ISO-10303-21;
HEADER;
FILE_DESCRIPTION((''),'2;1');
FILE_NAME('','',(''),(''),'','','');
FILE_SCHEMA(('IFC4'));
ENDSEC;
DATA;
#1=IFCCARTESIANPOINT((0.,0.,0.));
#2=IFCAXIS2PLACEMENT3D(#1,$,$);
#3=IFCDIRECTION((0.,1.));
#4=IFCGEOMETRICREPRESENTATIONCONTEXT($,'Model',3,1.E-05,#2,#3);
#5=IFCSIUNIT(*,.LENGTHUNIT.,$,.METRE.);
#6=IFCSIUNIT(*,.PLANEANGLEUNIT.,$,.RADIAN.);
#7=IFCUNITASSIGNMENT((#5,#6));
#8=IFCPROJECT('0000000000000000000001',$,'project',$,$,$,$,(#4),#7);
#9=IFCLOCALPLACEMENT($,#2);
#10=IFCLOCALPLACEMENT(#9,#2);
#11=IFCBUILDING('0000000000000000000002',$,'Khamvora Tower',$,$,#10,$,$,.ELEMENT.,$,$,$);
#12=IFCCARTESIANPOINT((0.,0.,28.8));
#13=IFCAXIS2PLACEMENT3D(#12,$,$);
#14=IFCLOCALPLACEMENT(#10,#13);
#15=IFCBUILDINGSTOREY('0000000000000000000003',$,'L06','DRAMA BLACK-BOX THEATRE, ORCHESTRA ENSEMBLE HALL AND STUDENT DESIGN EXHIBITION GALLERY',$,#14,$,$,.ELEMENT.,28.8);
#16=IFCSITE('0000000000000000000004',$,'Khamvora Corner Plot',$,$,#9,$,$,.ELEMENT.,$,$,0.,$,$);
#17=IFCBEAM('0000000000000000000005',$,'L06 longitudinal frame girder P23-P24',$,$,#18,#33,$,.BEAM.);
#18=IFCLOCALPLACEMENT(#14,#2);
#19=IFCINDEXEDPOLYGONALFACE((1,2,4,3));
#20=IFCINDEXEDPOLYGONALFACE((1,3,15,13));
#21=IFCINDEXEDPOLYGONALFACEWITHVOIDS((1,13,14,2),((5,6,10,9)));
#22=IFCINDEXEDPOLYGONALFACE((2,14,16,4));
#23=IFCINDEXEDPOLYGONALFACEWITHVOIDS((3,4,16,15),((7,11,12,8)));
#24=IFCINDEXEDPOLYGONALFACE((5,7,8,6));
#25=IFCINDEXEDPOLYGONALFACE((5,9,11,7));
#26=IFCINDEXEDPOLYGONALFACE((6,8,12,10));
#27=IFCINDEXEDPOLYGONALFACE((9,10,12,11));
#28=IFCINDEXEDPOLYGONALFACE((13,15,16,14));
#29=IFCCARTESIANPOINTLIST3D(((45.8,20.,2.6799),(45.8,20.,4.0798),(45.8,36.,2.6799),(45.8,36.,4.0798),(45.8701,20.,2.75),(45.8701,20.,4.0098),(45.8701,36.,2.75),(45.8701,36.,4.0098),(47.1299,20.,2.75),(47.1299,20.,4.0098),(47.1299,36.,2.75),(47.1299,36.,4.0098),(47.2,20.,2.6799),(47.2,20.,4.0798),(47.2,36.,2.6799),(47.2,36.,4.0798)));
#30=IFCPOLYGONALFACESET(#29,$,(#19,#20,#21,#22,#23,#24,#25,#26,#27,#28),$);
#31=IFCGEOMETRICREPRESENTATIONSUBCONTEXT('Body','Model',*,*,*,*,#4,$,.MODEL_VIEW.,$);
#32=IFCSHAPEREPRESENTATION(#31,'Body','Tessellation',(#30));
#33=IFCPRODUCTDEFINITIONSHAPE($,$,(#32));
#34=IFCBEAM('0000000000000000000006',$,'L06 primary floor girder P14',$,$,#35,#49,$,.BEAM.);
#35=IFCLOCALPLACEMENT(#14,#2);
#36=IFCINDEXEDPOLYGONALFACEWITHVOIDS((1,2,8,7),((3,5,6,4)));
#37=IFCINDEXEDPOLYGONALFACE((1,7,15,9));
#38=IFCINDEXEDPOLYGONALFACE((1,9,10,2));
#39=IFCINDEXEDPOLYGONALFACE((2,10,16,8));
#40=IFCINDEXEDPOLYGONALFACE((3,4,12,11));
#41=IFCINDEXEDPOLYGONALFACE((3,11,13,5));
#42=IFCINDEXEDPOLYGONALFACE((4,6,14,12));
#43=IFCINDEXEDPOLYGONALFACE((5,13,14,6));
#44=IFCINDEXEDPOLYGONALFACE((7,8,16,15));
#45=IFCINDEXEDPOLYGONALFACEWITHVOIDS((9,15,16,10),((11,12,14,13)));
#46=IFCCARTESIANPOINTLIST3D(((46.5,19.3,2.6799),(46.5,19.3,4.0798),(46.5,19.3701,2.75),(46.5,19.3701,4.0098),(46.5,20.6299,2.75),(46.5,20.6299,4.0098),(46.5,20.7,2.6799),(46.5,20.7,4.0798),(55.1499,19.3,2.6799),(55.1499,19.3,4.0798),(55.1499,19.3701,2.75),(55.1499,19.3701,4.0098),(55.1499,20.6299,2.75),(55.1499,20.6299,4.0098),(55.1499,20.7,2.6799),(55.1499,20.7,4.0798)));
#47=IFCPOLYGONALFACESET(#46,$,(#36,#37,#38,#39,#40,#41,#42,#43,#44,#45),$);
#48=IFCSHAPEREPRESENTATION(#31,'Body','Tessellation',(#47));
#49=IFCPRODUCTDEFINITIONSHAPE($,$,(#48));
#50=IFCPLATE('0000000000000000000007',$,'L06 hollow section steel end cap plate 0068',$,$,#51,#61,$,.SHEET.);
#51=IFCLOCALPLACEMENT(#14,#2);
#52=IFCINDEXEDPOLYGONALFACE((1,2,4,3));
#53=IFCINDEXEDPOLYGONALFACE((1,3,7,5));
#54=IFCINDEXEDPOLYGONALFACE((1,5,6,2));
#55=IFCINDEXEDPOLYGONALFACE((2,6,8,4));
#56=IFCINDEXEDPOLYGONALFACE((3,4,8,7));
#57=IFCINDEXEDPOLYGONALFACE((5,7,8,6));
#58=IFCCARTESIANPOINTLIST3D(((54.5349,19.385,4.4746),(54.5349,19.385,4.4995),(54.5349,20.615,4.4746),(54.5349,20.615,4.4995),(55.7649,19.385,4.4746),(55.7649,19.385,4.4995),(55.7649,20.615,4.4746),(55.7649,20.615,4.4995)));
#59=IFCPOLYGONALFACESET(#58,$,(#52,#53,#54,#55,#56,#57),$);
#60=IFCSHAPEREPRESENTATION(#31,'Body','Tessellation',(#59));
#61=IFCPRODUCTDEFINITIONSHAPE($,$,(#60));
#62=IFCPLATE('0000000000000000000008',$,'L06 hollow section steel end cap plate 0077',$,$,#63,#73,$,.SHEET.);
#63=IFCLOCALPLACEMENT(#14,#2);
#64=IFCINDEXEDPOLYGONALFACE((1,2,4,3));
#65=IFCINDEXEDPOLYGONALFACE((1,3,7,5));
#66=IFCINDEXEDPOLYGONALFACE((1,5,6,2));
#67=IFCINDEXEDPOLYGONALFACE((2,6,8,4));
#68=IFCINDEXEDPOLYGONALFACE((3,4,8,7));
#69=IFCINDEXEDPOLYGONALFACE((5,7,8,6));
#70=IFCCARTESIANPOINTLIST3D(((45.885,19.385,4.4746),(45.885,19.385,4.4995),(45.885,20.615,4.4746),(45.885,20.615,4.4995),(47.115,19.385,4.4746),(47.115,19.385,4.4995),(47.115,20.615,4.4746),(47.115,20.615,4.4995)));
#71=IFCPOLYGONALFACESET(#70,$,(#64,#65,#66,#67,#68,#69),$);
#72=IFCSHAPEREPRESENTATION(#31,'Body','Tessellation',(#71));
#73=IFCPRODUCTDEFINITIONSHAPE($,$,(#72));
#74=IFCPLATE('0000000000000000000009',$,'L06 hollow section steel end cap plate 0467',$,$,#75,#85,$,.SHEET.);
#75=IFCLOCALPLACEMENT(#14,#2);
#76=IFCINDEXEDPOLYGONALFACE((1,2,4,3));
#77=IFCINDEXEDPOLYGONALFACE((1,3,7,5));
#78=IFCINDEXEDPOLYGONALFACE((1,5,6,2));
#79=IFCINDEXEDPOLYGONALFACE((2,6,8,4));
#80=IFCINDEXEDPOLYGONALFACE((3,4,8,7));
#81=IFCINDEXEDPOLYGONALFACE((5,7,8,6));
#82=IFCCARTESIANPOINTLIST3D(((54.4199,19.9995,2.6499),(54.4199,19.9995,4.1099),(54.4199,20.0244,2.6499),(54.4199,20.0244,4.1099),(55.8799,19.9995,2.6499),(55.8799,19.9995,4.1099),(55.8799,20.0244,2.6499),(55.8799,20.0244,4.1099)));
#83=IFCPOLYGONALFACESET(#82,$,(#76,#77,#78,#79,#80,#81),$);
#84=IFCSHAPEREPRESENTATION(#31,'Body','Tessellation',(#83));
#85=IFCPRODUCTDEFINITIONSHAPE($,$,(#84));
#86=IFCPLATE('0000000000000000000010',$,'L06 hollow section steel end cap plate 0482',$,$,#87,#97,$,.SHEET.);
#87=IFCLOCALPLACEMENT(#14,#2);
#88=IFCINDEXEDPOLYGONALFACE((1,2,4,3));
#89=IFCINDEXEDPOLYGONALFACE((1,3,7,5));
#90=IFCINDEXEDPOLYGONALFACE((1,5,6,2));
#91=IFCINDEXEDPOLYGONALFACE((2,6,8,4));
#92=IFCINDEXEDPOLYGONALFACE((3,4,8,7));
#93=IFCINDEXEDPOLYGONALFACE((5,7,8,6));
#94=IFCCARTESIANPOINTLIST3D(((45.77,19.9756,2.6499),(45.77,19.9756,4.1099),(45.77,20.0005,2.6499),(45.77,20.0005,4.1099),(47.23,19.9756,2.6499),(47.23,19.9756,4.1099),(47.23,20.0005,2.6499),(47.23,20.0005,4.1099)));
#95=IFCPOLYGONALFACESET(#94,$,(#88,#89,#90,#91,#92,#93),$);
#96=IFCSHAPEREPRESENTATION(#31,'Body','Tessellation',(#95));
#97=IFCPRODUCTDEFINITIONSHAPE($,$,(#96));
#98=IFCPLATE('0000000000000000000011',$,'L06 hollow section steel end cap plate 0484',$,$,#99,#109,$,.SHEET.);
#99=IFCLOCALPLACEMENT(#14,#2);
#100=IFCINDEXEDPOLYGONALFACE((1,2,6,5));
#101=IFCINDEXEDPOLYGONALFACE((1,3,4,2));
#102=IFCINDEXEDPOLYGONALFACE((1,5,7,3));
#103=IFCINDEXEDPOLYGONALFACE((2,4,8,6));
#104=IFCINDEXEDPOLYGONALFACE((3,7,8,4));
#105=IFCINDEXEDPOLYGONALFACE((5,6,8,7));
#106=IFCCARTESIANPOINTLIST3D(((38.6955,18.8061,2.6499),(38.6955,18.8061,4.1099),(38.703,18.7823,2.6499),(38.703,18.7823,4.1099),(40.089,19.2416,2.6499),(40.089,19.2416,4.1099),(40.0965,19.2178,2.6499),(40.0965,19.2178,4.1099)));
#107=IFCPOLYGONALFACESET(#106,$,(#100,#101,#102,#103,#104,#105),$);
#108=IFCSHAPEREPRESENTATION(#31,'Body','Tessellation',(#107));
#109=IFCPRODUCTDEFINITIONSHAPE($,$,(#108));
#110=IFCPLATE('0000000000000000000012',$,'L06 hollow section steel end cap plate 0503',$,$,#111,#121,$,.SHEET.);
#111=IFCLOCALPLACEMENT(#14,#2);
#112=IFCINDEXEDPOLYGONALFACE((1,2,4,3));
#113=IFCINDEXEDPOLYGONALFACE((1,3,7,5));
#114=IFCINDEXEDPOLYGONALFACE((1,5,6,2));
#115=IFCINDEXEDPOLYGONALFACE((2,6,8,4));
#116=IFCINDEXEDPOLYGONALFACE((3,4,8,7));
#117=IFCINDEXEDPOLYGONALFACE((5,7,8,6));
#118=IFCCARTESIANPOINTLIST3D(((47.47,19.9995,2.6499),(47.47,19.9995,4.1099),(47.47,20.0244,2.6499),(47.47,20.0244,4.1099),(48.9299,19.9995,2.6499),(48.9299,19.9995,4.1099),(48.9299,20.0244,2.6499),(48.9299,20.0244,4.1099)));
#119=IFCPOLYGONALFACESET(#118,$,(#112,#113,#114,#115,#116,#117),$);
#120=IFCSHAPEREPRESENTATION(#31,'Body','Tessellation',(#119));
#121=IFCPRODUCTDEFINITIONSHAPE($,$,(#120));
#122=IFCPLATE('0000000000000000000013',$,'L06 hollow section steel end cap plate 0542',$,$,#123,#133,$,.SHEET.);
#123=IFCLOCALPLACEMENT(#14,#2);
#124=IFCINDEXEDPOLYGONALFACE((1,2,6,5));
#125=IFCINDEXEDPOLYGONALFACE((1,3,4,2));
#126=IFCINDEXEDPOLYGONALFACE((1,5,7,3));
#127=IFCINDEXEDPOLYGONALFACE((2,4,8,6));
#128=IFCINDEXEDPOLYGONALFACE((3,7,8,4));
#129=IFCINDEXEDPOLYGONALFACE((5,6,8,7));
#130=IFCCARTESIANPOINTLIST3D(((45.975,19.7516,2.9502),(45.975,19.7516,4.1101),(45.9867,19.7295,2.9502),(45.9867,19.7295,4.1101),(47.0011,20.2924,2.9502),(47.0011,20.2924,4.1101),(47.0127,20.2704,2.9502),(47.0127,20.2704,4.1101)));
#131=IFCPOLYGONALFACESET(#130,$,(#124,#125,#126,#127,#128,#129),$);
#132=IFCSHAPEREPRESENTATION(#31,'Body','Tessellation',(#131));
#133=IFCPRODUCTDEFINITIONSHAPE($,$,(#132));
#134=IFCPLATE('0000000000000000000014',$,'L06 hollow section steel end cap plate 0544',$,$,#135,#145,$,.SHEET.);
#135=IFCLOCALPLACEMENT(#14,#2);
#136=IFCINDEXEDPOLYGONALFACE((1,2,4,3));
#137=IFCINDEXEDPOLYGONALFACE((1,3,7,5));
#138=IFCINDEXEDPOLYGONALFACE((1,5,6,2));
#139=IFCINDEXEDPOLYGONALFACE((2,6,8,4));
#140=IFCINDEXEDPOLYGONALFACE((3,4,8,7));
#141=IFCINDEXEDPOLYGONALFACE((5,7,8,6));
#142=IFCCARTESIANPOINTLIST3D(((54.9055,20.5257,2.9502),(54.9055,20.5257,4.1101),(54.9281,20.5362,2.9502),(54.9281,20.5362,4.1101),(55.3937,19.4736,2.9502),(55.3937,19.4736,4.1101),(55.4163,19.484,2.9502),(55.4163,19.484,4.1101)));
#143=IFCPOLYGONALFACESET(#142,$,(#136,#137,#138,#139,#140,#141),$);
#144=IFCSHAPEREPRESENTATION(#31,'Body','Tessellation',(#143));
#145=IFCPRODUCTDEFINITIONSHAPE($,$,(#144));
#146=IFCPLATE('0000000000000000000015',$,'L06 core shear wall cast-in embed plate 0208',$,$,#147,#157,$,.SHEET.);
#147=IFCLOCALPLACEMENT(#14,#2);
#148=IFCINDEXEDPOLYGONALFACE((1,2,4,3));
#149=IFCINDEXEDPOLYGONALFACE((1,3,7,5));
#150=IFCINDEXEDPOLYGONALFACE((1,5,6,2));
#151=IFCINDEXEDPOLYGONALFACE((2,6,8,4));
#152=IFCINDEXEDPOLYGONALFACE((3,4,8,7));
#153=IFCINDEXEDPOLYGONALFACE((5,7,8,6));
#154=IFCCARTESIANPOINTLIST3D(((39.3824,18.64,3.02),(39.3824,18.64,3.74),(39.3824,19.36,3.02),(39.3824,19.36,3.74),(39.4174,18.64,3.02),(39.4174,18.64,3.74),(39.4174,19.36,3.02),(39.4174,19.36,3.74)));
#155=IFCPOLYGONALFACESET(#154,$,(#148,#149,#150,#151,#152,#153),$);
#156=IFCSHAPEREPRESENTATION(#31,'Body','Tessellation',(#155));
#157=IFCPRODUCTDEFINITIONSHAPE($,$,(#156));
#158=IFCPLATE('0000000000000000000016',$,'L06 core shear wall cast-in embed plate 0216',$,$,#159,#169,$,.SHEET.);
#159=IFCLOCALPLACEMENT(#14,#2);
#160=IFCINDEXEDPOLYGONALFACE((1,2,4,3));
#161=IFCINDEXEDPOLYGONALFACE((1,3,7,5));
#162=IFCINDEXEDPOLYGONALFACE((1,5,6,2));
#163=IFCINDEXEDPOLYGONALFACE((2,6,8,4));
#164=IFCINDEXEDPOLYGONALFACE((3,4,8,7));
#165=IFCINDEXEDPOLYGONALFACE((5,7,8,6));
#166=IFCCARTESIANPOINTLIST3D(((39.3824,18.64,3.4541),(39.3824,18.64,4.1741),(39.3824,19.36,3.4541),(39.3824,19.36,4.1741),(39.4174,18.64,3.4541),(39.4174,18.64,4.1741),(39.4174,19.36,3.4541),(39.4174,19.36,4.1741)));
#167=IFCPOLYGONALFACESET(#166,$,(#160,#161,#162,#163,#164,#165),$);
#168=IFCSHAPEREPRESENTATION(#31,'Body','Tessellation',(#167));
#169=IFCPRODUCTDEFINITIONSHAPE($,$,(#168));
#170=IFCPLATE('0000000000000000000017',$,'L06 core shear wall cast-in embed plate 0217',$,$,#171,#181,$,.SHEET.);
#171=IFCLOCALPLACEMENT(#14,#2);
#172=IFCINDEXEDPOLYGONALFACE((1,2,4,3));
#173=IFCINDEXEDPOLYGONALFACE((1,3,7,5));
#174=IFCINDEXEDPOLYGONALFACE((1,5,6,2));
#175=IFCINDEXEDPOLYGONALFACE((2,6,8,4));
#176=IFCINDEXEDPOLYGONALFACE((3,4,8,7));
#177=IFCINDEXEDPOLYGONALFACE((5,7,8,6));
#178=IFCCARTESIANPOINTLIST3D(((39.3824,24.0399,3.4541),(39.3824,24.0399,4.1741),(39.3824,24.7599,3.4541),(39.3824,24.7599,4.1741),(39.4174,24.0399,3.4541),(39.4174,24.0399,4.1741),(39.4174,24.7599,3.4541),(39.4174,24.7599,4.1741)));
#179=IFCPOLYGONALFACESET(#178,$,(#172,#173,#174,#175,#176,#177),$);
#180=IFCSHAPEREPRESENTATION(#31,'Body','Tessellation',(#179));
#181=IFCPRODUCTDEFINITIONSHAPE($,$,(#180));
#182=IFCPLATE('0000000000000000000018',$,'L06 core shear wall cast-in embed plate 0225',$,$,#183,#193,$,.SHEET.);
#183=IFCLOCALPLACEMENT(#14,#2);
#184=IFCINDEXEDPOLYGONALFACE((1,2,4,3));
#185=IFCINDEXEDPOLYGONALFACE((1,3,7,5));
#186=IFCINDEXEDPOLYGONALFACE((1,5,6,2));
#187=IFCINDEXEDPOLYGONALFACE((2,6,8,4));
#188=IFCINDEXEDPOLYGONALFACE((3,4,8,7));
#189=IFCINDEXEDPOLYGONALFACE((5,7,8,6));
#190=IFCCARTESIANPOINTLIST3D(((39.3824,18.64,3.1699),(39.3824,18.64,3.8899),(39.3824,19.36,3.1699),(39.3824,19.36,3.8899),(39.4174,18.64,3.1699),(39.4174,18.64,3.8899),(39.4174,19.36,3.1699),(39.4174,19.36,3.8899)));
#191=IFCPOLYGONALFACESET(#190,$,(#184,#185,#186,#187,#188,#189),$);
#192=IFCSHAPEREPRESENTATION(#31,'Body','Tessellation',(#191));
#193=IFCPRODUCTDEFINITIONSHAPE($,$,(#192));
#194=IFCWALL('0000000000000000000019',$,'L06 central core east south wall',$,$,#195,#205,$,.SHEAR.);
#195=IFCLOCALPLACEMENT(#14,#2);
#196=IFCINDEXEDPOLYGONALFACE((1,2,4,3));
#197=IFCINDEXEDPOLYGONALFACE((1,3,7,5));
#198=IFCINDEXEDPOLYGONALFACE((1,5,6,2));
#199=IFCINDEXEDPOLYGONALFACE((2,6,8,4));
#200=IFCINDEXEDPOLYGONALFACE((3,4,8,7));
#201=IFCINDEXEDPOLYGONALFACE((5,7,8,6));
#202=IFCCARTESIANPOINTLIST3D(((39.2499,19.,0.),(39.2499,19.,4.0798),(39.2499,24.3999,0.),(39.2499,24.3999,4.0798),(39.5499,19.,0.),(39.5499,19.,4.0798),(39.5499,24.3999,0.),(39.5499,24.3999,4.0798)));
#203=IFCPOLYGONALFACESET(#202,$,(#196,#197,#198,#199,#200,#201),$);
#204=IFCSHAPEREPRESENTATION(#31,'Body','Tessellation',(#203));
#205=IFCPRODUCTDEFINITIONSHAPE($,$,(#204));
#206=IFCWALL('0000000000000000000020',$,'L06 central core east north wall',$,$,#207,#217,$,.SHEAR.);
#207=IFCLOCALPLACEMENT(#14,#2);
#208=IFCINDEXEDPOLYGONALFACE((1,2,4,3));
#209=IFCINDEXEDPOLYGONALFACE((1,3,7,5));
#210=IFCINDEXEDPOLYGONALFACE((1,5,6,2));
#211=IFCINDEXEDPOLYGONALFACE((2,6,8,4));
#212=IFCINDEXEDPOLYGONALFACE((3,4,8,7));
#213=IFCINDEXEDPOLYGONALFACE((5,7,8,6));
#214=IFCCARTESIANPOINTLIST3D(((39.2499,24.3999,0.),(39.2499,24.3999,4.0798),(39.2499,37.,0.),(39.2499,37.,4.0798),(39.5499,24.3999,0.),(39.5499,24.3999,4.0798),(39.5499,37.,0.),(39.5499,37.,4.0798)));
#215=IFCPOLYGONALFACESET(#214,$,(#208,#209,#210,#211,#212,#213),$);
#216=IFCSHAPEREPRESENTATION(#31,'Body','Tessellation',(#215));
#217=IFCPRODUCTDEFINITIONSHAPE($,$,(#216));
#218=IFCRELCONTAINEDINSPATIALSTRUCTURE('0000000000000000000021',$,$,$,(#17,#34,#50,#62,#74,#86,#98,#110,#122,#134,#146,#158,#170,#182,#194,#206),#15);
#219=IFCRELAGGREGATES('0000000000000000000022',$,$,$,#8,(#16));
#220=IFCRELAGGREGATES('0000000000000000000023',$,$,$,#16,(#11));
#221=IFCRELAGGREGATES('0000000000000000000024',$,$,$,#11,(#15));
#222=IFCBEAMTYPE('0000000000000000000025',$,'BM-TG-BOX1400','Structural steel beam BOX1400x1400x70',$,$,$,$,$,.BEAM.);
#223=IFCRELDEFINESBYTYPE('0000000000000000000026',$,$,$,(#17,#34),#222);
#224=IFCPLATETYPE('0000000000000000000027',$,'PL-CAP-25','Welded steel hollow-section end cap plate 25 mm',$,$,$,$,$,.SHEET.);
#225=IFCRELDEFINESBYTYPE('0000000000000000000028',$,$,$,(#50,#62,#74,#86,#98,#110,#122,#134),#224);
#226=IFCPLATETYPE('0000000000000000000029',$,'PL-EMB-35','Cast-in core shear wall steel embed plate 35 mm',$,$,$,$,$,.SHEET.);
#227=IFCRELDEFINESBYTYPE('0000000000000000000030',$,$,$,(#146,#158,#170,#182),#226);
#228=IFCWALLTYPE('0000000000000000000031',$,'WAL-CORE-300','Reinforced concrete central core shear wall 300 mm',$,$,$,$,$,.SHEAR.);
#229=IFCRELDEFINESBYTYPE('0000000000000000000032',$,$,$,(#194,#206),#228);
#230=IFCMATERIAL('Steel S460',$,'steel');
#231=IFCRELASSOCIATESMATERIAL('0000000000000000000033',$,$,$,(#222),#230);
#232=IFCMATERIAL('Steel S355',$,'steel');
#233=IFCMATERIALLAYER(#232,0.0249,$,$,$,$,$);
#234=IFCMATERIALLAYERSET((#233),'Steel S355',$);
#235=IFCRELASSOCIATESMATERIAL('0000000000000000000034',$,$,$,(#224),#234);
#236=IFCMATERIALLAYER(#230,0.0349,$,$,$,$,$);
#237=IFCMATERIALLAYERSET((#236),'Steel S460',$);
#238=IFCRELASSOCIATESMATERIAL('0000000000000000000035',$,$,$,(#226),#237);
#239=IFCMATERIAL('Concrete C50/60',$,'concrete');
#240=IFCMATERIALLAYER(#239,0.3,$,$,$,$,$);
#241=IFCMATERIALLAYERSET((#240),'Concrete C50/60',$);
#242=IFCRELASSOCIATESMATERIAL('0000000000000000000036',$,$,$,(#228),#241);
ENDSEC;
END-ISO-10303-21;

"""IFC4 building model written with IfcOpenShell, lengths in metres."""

from ifc_helpers import new_model, si_unit, direction, frame, frame_2d, origin, origin_2d, place, context, subcontext, project, spatial, rectangle, hollow_rectangle, extrude, material, layer, layer_set, material_profile, profile_set, type_object, element, save


model = new_model("IFC4")

# Units and contexts
model_context = context("Model", 3, precision=1e-05, world=origin(), true_north=direction((0.0, 1.0)))
body_context = subcontext(model_context, "Body", "Model", "MODEL_VIEW")
ifc_project = project(units=[si_unit("LENGTHUNIT", "METRE"), si_unit("PLANEANGLEUNIT", "RADIAN")], contexts=[model_context])

# Site, building, storey
site_placement = place(None, origin())
site = spatial("IfcSite", under=ifc_project, at=site_placement, Name="Khamvora Corner Plot", CompositionType="ELEMENT", RefElevation=0.0)
building_placement = place(site_placement, origin())
building = spatial("IfcBuilding", under=site, at=building_placement, Name="Khamvora Tower", CompositionType="ELEMENT")
storey_placement = place(building_placement, frame((0.0, 0.0, 28.8)))
storey = spatial("IfcBuildingStorey", under=building, at=storey_placement, Name="L06", Description="DRAMA BLACK-BOX THEATRE, ORCHESTRA ENSEMBLE HALL AND STUDENT DESIGN EXHIBITION GALLERY", CompositionType="ELEMENT", Elevation=28.8)

# Shared definitions
ifc_material_1 = material(Name="Steel S460", Category="steel")

# Beams
ifc_material_2 = material(Name="Steel S355", Category="steel")
ifc_material_profile_1 = material_profile(ifc_material_1, hollow_rectangle(XDim=1.3999, YDim=1.3999, WallThickness=0.0701, at=origin_2d()), Name="BOX1400x1400x70")
ifc_profile_set_1 = profile_set([ifc_material_profile_1], Name="Steel S460")
beam_type_1 = type_object("IfcBeamType", Name="BM-TG-BOX1400", Description="Structural steel beam BOX1400x1400x70", PredefinedType="BEAM", material=ifc_profile_set_1)
for number, where, z_axis, x_axis, name in (
    (1, (46.5, 20.0, 3.3799), (0.0, 1.0, 0.0), (-1.0, 0.0, 0.0), "L06 longitudinal frame girder P23-P24"),
):
    element("IfcBeam", number, at=place(storey_placement, frame(where, z_axis=z_axis, x_axis=x_axis)), inside=storey, type_object=beam_type_1, Name=name, PredefinedType="BEAM", context=body_context, shape_type="SweptSolid", body=[
        extrude(hollow_rectangle(XDim=1.3999, YDim=1.3999, WallThickness=0.0701, at=origin_2d()), origin(), (0.0, 0.0, 1.0), 16.0),
    ])
beam_1_placement = place(storey_placement, frame((46.5, 20.0, 3.3799), z_axis=(1.0, 0.0, 0.0), x_axis=(0.0, 1.0, 0.0)))
element("IfcBeam", 2, at=beam_1_placement, inside=storey, type_object=beam_type_1, Name="L06 primary floor girder P14", PredefinedType="BEAM", context=body_context, shape_type="SweptSolid", body=[
    extrude(hollow_rectangle(XDim=1.3999, YDim=1.3999, WallThickness=0.0701, at=origin_2d()), origin(), (0.0, 0.0, 1.0), 8.6499),
])

# Plates
ifc_layer_1 = layer(ifc_material_2, 0.0249)
ifc_layer_set_1 = layer_set([ifc_layer_1], Name="Steel S355")
plate_type_1 = type_object("IfcPlateType", Name="PL-CAP-25", Description="Welded steel hollow-section end cap plate 25 mm", PredefinedType="SHEET", material=ifc_layer_set_1)
for number, where, z_axis, x_axis, name in (
    (3, (55.1499, 20.0, 4.4746), (0.0, 0.0, 1.0), (1.0, 0.0, 0.0), "L06 hollow section steel end cap plate 0068"),
    (4, (46.5, 20.0, 4.4746), (0.0, 0.0, 1.0), (1.0, 0.0, 0.0), "L06 hollow section steel end cap plate 0077"),
):
    element("IfcPlate", number, at=place(storey_placement, frame(where, z_axis=z_axis, x_axis=x_axis)), inside=storey, type_object=plate_type_1, Name=name, PredefinedType="SHEET", context=body_context, shape_type="SweptSolid", body=[
        extrude(rectangle(XDim=1.23, YDim=1.23, at=origin_2d()), origin(), (0.0, 0.0, 1.0), 0.0249),
    ])
for number, where, z_axis, x_axis, name in (
    (5, (55.1499, 20.012, 2.6499), (0.0, 0.0, 1.0), (0.0, 1.0, 0.0), "L06 hollow section steel end cap plate 0467"),
    (6, (46.5, 19.988, 2.6499), (0.0, 0.0, 1.0), (0.0, 1.0, 0.0), "L06 hollow section steel end cap plate 0482"),
    (7, (39.396, 19.012, 2.6499), (0.0, 0.0, 1.0), (0.298275, -0.95448, 0.0), "L06 hollow section steel end cap plate 0484"),
    (8, (48.2, 20.012, 2.6499), (0.0, 0.0, 1.0), (0.0, 1.0, 0.0), "L06 hollow section steel end cap plate 0503"),
):
    element("IfcPlate", number, at=place(storey_placement, frame(where, z_axis=z_axis, x_axis=x_axis)), inside=storey, type_object=plate_type_1, Name=name, PredefinedType="SHEET", context=body_context, shape_type="SweptSolid", body=[
        extrude(rectangle(XDim=0.0249, YDim=1.46, at=origin_2d()), origin(), (0.0, 0.0, 1.0), 1.46),
    ])
for number, where, z_axis, x_axis, name in (
    (9, (46.4939, 20.011, 2.9502), (0.0, 0.0, 1.0), (0.466309, -0.884622, 0.0), "L06 hollow section steel end cap plate 0542"),
    (10, (55.1609, 20.0049, 2.9502), (0.0, 0.0, 1.0), (-0.907095, -0.420925, 0.0), "L06 hollow section steel end cap plate 0544"),
):
    element("IfcPlate", number, at=place(storey_placement, frame(where, z_axis=z_axis, x_axis=x_axis)), inside=storey, type_object=plate_type_1, Name=name, PredefinedType="SHEET", context=body_context, shape_type="SweptSolid", body=[
        extrude(rectangle(XDim=0.0249, YDim=1.1599, at=origin_2d()), origin(), (0.0, 0.0, 1.0), 1.1599),
    ])
ifc_layer_2 = layer(ifc_material_1, 0.0349)
ifc_layer_set_2 = layer_set([ifc_layer_2], Name="Steel S460")
plate_type_2 = type_object("IfcPlateType", Name="PL-EMB-35", Description="Cast-in core shear wall steel embed plate 35 mm", PredefinedType="SHEET", material=ifc_layer_set_2)
for number, where, z_axis, x_axis, name in (
    (11, (39.3999, 19.0, 3.02), (0.0, 0.0, 1.0), (1.0, 0.0, 0.0), "L06 core shear wall cast-in embed plate 0208"),
    (12, (39.3999, 19.0, 3.4541), (0.0, 0.0, 1.0), (1.0, 0.0, 0.0), "L06 core shear wall cast-in embed plate 0216"),
    (13, (39.3999, 24.3999, 3.4541), (0.0, 0.0, 1.0), (1.0, 0.0, 0.0), "L06 core shear wall cast-in embed plate 0217"),
    (14, (39.3999, 19.0, 3.1699), (0.0, 0.0, 1.0), (1.0, 0.0, 0.0), "L06 core shear wall cast-in embed plate 0225"),
):
    element("IfcPlate", number, at=place(storey_placement, frame(where, z_axis=z_axis, x_axis=x_axis)), inside=storey, type_object=plate_type_2, Name=name, PredefinedType="SHEET", context=body_context, shape_type="SweptSolid", body=[
        extrude(rectangle(XDim=0.0349, YDim=0.72, at=origin_2d()), origin(), (0.0, 0.0, 1.0), 0.72),
    ])

# Walls
ifc_material_3 = material(Name="Concrete C50/60", Category="concrete")
ifc_layer_3 = layer(ifc_material_3, 0.3)
ifc_layer_set_3 = layer_set([ifc_layer_3], Name="Concrete C50/60")
wall_type_1 = type_object("IfcWallType", Name="WAL-CORE-300", Description="Reinforced concrete central core shear wall 300 mm", PredefinedType="SHEAR", material=ifc_layer_set_3)
wall_1_placement = place(storey_placement, frame((39.3999, 19.0, 0.0), z_axis=(0.0, 0.0, 1.0), x_axis=(0.0, 1.0, 0.0)))
element("IfcWall", 15, at=wall_1_placement, inside=storey, type_object=wall_type_1, Name="L06 central core east south wall", PredefinedType="SHEAR", context=body_context, shape_type="SweptSolid", body=[
    extrude(rectangle(XDim=5.3999, YDim=0.3, at=frame_2d((2.7, 0.0))), origin(), (0.0, 0.0, 1.0), 4.0798),
])
wall_2_placement = place(storey_placement, frame((39.3999, 24.3999, 0.0), z_axis=(0.0, 0.0, 1.0), x_axis=(0.0, 1.0, 0.0)))
element("IfcWall", 16, at=wall_2_placement, inside=storey, type_object=wall_type_1, Name="L06 central core east north wall", PredefinedType="SHEAR", context=body_context, shape_type="SweptSolid", body=[
    extrude(rectangle(XDim=12.6001, YDim=0.3, at=frame_2d((6.3, 0.0))), origin(), (0.0, 0.0, 1.0), 4.0798),
])

save(model, "model.ifc")
